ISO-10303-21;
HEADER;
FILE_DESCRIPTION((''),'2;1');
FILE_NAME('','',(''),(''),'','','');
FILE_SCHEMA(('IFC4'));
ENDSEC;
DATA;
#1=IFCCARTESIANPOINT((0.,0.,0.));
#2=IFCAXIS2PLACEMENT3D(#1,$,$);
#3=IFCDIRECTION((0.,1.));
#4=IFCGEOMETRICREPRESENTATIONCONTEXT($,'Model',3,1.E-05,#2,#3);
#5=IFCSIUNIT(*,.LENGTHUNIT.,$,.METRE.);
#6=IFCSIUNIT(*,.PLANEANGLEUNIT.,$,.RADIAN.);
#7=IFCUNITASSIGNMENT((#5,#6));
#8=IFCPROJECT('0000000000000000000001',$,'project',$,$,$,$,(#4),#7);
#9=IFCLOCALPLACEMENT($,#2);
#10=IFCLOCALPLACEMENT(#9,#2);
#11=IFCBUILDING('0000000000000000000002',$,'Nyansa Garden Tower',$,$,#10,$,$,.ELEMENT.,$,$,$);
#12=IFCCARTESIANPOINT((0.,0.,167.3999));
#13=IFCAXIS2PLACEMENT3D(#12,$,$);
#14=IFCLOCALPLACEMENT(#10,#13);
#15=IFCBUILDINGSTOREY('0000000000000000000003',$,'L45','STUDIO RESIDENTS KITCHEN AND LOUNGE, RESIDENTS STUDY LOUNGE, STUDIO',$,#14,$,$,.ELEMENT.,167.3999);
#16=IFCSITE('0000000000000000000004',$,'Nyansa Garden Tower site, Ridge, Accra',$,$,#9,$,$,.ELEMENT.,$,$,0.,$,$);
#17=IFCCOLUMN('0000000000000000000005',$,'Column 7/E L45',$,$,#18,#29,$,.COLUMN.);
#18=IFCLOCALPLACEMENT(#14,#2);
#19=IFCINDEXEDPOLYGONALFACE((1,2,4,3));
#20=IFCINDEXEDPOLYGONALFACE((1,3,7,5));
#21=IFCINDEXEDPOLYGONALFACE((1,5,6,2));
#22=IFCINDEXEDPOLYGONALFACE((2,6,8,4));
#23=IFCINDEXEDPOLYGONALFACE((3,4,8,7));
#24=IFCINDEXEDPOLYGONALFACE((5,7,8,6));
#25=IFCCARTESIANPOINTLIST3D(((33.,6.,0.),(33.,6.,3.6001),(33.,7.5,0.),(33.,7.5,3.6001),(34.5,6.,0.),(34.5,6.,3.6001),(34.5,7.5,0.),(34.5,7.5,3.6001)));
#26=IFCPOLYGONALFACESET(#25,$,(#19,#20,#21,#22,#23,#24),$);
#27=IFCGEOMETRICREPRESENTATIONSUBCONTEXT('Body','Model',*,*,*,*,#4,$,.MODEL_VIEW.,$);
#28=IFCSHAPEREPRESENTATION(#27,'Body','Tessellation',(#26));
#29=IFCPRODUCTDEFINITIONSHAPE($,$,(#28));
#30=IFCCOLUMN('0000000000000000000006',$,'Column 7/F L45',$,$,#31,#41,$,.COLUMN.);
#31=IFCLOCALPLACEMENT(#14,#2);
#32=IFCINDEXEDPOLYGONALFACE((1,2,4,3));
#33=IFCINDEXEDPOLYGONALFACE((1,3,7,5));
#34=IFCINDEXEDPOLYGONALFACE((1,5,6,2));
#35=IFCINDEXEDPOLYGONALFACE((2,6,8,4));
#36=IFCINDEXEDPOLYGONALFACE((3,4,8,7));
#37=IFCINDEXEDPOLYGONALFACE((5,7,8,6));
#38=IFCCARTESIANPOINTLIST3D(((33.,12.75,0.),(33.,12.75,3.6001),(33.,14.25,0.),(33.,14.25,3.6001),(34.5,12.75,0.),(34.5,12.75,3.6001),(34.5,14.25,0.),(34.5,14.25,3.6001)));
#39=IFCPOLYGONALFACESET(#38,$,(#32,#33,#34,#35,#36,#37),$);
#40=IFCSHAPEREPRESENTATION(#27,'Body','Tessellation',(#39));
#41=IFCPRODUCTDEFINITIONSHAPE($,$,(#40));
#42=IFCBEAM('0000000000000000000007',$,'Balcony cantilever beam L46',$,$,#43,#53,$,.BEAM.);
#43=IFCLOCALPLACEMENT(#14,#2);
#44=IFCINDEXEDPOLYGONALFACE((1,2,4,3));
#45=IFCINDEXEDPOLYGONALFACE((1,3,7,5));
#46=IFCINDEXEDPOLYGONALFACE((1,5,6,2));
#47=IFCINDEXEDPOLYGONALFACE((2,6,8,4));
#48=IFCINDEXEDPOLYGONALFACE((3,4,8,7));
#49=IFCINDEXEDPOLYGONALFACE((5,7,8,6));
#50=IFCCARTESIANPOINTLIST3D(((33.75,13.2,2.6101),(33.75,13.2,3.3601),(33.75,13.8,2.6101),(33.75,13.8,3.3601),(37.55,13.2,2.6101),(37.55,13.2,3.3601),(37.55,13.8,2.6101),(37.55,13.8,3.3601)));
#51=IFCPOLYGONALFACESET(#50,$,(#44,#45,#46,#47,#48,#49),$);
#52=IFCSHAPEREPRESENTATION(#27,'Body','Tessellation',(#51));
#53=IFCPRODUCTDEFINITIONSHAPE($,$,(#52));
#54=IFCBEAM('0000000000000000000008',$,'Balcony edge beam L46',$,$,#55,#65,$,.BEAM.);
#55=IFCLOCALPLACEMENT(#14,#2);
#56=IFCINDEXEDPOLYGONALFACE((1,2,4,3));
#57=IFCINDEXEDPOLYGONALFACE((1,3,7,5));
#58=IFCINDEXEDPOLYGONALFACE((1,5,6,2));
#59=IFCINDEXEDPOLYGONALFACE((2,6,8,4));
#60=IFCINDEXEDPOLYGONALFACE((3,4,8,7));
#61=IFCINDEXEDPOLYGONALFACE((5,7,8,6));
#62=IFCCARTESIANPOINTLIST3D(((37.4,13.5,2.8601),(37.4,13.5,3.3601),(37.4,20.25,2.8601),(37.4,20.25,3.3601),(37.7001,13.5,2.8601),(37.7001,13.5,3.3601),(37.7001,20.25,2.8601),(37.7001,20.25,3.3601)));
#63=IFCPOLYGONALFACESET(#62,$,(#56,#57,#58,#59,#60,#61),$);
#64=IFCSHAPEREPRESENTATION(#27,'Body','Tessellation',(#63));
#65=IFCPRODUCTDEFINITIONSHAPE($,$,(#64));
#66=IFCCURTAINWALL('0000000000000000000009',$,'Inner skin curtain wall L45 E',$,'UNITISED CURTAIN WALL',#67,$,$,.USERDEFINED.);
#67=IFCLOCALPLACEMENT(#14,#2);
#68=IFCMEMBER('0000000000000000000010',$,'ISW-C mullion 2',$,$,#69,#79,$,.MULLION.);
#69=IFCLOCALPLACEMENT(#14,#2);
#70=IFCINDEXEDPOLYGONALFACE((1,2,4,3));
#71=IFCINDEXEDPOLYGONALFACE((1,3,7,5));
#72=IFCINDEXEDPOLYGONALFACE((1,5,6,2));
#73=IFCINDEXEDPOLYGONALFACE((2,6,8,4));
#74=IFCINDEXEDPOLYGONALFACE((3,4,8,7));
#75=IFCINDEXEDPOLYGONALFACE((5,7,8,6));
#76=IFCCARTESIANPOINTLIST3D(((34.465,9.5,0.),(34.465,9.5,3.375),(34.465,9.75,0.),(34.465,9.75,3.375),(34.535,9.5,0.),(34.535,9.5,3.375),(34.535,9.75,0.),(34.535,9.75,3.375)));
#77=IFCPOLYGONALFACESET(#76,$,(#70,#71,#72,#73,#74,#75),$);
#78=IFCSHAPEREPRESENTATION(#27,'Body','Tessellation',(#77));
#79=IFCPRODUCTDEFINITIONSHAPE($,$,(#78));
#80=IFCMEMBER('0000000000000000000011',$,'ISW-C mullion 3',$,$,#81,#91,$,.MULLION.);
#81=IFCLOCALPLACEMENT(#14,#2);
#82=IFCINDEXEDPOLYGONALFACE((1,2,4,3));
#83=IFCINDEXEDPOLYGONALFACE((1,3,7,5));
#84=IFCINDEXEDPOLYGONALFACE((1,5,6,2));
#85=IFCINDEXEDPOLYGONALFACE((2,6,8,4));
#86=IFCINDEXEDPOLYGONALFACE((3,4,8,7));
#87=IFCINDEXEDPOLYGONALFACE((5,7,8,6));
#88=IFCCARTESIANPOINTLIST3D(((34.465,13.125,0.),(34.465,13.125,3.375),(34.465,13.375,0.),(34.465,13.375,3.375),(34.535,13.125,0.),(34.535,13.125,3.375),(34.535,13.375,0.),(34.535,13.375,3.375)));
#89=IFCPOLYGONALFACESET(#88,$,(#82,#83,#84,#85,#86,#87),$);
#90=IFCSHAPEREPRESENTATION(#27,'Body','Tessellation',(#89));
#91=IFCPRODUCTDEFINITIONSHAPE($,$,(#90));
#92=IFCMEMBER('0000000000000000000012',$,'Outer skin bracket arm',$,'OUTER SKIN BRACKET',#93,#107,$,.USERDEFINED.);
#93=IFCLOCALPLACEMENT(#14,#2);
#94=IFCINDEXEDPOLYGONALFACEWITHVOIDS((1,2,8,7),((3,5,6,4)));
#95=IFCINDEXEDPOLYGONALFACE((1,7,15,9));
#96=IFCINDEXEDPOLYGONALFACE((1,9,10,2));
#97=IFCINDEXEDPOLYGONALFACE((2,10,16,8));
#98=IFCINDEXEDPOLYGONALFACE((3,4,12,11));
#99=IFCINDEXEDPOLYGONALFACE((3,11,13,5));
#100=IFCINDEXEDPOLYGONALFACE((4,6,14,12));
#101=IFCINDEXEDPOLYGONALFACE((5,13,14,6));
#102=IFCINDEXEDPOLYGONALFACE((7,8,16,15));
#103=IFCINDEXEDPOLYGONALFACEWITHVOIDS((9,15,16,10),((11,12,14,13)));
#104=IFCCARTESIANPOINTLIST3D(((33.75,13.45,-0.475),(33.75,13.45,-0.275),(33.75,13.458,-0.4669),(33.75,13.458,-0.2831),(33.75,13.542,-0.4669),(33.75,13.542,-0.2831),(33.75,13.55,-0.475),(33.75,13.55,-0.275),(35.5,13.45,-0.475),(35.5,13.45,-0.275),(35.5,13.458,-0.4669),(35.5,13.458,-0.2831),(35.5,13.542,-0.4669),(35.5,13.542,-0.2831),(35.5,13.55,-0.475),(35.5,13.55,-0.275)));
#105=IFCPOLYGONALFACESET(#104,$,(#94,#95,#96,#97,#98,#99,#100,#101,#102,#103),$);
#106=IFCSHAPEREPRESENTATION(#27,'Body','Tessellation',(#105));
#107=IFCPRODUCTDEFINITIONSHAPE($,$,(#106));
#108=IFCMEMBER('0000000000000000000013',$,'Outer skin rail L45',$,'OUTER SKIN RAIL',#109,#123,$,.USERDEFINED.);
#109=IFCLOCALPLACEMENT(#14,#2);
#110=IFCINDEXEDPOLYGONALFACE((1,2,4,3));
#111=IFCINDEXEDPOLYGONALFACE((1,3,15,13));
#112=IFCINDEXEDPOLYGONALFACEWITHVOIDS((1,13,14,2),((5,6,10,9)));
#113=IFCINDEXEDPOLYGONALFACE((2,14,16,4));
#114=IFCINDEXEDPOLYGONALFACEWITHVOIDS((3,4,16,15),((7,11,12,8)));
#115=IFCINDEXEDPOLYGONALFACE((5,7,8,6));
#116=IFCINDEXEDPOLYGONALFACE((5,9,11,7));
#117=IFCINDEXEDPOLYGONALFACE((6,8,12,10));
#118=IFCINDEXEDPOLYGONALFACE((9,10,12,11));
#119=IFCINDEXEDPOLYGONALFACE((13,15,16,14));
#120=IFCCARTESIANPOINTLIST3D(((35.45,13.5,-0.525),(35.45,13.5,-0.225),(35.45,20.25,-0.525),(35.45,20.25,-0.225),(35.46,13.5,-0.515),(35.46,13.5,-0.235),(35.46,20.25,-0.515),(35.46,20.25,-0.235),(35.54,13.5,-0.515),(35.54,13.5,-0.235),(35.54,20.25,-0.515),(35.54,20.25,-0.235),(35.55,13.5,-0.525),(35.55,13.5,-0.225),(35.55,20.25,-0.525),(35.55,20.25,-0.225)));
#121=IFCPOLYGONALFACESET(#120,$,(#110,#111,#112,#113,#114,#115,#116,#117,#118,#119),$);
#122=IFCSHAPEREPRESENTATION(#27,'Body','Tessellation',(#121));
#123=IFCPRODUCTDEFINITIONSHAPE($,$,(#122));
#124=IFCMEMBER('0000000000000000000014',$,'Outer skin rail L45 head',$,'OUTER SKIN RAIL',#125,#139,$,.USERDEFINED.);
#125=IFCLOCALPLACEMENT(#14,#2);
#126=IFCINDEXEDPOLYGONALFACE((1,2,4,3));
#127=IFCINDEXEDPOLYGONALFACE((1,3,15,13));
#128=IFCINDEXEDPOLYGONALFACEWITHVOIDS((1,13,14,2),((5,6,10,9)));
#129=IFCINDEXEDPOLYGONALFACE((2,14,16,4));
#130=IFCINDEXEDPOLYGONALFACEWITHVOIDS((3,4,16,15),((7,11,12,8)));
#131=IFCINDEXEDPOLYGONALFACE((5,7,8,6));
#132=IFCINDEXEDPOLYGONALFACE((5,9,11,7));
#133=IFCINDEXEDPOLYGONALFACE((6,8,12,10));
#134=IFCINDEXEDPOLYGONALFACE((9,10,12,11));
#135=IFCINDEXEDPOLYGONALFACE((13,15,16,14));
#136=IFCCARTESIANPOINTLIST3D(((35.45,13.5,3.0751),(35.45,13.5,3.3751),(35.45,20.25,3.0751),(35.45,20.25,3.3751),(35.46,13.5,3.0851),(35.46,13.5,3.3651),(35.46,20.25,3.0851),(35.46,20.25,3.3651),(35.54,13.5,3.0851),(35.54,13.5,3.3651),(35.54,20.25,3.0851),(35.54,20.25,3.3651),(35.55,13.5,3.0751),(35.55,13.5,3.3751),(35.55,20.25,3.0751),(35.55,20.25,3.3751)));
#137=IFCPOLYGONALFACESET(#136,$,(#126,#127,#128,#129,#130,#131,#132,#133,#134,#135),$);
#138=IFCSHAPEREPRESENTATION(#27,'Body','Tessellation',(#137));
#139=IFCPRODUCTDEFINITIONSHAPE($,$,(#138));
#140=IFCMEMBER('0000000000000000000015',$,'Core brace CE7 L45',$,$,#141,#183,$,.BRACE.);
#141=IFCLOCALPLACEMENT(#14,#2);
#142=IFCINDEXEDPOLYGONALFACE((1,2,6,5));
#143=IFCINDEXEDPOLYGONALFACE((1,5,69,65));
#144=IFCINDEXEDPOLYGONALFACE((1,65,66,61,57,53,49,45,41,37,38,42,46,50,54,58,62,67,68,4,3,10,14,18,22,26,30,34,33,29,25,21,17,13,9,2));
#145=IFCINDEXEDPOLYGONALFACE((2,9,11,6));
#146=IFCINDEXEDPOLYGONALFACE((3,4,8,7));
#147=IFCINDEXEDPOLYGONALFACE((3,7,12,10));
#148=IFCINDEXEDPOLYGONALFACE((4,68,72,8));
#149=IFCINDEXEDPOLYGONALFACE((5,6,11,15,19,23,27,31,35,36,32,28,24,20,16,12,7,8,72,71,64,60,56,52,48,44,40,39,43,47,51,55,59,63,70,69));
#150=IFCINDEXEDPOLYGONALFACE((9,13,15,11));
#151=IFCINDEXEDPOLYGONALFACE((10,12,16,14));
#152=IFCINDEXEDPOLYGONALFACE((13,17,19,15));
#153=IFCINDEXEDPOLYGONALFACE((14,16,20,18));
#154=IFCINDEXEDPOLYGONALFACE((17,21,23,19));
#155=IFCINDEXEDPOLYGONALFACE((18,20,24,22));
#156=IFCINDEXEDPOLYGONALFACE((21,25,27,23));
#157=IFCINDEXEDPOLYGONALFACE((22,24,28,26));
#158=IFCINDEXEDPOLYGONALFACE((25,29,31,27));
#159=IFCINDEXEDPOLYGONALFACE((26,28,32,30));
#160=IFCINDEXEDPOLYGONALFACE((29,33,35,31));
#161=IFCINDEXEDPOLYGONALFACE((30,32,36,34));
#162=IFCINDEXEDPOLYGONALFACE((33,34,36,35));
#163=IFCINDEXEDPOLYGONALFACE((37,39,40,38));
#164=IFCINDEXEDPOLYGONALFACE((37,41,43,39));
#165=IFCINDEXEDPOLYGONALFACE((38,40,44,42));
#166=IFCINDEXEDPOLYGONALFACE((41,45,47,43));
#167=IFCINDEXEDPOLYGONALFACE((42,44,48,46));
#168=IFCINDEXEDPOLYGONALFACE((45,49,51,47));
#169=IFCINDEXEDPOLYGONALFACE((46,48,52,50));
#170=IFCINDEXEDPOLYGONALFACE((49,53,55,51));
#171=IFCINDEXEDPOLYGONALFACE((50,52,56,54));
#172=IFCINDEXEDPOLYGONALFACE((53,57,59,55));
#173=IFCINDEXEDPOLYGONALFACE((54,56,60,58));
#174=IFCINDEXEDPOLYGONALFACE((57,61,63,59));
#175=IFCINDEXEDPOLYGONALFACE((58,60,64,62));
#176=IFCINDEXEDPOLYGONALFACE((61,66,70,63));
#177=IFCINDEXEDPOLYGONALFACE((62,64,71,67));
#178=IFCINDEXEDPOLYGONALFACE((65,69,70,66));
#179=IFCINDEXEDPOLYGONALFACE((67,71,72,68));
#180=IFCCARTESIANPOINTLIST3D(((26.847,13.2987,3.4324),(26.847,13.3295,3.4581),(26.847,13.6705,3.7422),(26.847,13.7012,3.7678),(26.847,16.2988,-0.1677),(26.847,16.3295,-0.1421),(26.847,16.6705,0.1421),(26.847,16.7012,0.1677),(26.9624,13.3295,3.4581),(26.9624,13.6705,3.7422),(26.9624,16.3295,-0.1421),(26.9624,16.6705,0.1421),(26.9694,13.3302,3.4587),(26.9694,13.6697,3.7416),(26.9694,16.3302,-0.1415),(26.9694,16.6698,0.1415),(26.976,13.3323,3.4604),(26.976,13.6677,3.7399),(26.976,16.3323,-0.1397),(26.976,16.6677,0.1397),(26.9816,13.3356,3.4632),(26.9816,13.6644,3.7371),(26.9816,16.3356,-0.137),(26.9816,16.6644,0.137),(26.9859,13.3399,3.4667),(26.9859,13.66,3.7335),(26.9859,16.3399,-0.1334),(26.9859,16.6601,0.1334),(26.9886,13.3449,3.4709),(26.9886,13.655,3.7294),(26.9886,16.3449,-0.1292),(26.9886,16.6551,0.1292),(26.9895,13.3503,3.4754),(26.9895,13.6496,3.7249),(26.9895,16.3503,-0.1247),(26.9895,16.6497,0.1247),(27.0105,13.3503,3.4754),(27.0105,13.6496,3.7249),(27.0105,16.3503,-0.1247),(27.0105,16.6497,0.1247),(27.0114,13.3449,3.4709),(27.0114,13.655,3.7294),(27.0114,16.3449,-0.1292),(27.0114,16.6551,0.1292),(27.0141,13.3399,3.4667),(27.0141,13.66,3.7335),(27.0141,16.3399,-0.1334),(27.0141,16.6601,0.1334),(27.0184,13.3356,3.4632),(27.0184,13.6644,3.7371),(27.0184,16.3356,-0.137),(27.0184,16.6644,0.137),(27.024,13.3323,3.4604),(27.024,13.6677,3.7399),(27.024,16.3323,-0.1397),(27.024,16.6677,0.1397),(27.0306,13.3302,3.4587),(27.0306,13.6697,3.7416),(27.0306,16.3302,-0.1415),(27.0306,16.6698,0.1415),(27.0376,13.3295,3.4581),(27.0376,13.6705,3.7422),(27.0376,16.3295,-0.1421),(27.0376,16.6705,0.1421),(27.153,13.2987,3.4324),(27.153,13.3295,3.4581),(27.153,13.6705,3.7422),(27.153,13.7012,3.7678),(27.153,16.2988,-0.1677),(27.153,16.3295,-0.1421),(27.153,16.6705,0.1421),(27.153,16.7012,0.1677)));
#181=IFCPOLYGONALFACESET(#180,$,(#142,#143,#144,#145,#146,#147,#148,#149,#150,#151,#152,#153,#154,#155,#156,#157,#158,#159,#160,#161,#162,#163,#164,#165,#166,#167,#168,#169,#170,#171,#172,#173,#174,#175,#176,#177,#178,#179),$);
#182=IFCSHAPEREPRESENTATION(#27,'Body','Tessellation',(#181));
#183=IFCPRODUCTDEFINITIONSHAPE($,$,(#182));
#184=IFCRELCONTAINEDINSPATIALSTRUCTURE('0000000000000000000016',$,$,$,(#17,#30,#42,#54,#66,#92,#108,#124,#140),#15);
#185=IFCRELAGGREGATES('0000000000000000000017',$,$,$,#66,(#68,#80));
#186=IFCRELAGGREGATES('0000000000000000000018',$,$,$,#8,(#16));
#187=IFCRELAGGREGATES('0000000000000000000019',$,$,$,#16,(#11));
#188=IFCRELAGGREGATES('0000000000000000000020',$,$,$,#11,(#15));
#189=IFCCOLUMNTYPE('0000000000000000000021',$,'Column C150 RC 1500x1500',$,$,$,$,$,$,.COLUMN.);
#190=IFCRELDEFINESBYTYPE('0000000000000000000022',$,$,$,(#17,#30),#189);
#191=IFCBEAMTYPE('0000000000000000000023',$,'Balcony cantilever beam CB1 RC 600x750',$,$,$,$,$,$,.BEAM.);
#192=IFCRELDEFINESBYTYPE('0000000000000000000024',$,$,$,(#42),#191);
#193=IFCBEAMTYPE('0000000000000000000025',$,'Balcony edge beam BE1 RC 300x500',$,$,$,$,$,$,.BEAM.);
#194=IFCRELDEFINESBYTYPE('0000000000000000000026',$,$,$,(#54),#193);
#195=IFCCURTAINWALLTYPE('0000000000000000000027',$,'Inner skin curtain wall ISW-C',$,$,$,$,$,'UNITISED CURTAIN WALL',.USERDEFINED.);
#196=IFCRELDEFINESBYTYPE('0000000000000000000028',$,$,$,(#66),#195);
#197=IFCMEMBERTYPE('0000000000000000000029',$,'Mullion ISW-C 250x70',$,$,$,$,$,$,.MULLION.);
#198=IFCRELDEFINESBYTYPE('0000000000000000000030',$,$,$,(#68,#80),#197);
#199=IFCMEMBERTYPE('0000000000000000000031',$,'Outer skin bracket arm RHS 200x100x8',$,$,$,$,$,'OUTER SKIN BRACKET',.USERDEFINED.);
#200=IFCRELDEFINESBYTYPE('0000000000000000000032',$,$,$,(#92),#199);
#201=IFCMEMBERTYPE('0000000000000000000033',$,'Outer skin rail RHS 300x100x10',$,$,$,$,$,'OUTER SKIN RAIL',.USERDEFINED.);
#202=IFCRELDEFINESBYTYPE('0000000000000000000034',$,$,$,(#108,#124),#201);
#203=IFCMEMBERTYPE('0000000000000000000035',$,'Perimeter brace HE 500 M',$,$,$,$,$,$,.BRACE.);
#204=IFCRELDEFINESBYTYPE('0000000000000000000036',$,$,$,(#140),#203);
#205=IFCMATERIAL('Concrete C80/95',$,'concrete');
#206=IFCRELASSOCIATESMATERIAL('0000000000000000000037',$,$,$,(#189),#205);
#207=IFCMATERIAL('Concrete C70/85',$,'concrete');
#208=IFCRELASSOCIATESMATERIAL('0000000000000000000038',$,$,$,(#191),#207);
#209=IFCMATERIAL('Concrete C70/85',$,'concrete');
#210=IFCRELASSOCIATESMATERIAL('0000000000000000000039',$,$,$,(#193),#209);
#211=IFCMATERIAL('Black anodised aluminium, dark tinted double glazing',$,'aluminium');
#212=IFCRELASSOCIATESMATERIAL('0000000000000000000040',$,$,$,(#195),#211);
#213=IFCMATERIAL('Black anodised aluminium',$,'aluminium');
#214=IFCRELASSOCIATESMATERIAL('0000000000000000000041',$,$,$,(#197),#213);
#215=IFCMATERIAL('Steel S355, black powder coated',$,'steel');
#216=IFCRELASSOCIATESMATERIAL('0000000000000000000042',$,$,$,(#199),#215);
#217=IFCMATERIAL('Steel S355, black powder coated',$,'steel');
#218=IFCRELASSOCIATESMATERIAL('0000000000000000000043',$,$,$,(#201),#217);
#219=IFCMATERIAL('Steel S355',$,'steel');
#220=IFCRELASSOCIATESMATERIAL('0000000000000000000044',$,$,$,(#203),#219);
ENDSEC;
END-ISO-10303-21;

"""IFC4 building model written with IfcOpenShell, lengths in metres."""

from ifc_helpers import new_model, si_unit, direction, frame, origin, origin_2d, place, context, subcontext, project, spatial, rectangle, hollow_rectangle, i_section, extrude, material, material_profile, profile_set, type_object, element, aggregate, save


model = new_model("IFC4")

# Units and contexts
model_context = context("Model", 3, precision=1e-05, world=origin(), true_north=direction((0.0, 1.0)))
body_context = subcontext(model_context, "Body", "Model", "MODEL_VIEW")
ifc_project = project(units=[si_unit("LENGTHUNIT", "METRE"), si_unit("PLANEANGLEUNIT", "RADIAN")], contexts=[model_context])

# Site, building, storey
site_placement = place(None, origin())
site = spatial("IfcSite", under=ifc_project, at=site_placement, Name="Nyansa Garden Tower site, Ridge, Accra", CompositionType="ELEMENT", RefElevation=0.0)
building_placement = place(site_placement, origin())
building = spatial("IfcBuilding", under=site, at=building_placement, Name="Nyansa Garden Tower", CompositionType="ELEMENT")
storey_placement = place(building_placement, frame((0.0, 0.0, 167.3999)))
storey = spatial("IfcBuildingStorey", under=building, at=storey_placement, Name="L45", Description="STUDIO RESIDENTS KITCHEN AND LOUNGE, RESIDENTS STUDY LOUNGE, STUDIO", CompositionType="ELEMENT", Elevation=167.3999)

# Columns
ifc_material_1 = material(Name="Concrete C80/95", Category="concrete")
ifc_material_profile_1 = material_profile(ifc_material_1, rectangle(XDim=1.5, YDim=1.5, at=origin_2d()), Name="RC 1500x1500")
ifc_profile_set_1 = profile_set([ifc_material_profile_1], Name="Concrete C80/95")
column_type = type_object("IfcColumnType", Name="Column C150 RC 1500x1500", PredefinedType="COLUMN", material=ifc_profile_set_1)
for number, where, z_axis, x_axis, name in (
    (1, (33.75, 6.75, 0.0), (0.0, 0.0, 1.0), (1.0, 0.0, 0.0), "Column 7/E L45"),
    (2, (33.75, 13.5, 0.0), (0.0, 0.0, 1.0), (1.0, 0.0, 0.0), "Column 7/F L45"),
):
    element("IfcColumn", number, at=place(storey_placement, frame(where, z_axis=z_axis, x_axis=x_axis)), inside=storey, type_object=column_type, Name=name, PredefinedType="COLUMN", context=body_context, shape_type="SweptSolid", body=[
        extrude(rectangle(XDim=1.5, YDim=1.5, at=origin_2d()), origin(), (0.0, 0.0, 1.0), 3.6001),
    ])

# Beams
ifc_material_2 = material(Name="Concrete C70/85", Category="concrete")
ifc_material_profile_2 = material_profile(ifc_material_2, rectangle(XDim=0.6001, YDim=0.75, at=origin_2d()), Name="RC 600x750")
ifc_profile_set_2 = profile_set([ifc_material_profile_2], Name="Concrete C70/85")
beam_type_1 = type_object("IfcBeamType", Name="Balcony cantilever beam CB1 RC 600x750", PredefinedType="BEAM", material=ifc_profile_set_2)
beam_1_placement = place(storey_placement, frame((33.75, 13.5, 2.9851), z_axis=(1.0, 0.0, 0.0), x_axis=(0.0, 1.0, 0.0)))
element("IfcBeam", 3, at=beam_1_placement, inside=storey, type_object=beam_type_1, Name="Balcony cantilever beam L46", PredefinedType="BEAM", context=body_context, shape_type="SweptSolid", body=[
    extrude(rectangle(XDim=0.6001, YDim=0.75, at=origin_2d()), origin(), (0.0, 0.0, 1.0), 3.8),
])
ifc_material_3 = material(Name="Concrete C70/85", Category="concrete")
ifc_material_profile_3 = material_profile(ifc_material_3, rectangle(XDim=0.3, YDim=0.5, at=origin_2d()), Name="RC 300x500")
ifc_profile_set_3 = profile_set([ifc_material_profile_3], Name="Concrete C70/85")
beam_type_2 = type_object("IfcBeamType", Name="Balcony edge beam BE1 RC 300x500", PredefinedType="BEAM", material=ifc_profile_set_3)
beam_2_placement = place(storey_placement, frame((37.55, 13.5, 3.1101), z_axis=(0.0, 1.0, 0.0), x_axis=(-1.0, 0.0, 0.0)))
element("IfcBeam", 4, at=beam_2_placement, inside=storey, type_object=beam_type_2, Name="Balcony edge beam L46", PredefinedType="BEAM", context=body_context, shape_type="SweptSolid", body=[
    extrude(rectangle(XDim=0.3, YDim=0.5, at=origin_2d()), origin(), (0.0, 0.0, 1.0), 6.75),
])

# Curtain wall, members
ifc_material_4 = material(Name="Black anodised aluminium, dark tinted double glazing", Category="aluminium")
curtain_wall_type = type_object("IfcCurtainWallType", Name="Inner skin curtain wall ISW-C", ElementType="UNITISED CURTAIN WALL", PredefinedType="USERDEFINED", material=ifc_material_4)
curtain_wall_placement = place(storey_placement, origin())
curtain_wall = element("IfcCurtainWall", 5, at=curtain_wall_placement, inside=storey, type_object=curtain_wall_type, Name="Inner skin curtain wall L45 E", ObjectType="UNITISED CURTAIN WALL", PredefinedType="USERDEFINED")
ifc_material_5 = material(Name="Black anodised aluminium", Category="aluminium")
ifc_material_profile_4 = material_profile(ifc_material_5, rectangle(XDim=0.0701, YDim=0.25, at=origin_2d()), Name="Mullion 250x70")
ifc_profile_set_4 = profile_set([ifc_material_profile_4], Name="Black anodised aluminium")
member_type_1 = type_object("IfcMemberType", Name="Mullion ISW-C 250x70", PredefinedType="MULLION", material=ifc_profile_set_4)
member_1_placement = place(storey_placement, frame((34.5, 9.625, 0.0), z_axis=(0.0, 0.0, 1.0), x_axis=(-1.0, 0.0, 0.0)))
member_1 = element("IfcMember", 6, at=member_1_placement, type_object=member_type_1, Name="ISW-C mullion 2", PredefinedType="MULLION", context=body_context, shape_type="SweptSolid", body=[
    extrude(rectangle(XDim=0.0701, YDim=0.25, at=origin_2d()), origin(), (0.0, 0.0, 1.0), 3.375),
])
member_2_placement = place(storey_placement, frame((34.5, 13.25, 0.0), z_axis=(0.0, 0.0, 1.0), x_axis=(-1.0, 0.0, 0.0)))
member_2 = element("IfcMember", 7, at=member_2_placement, type_object=member_type_1, Name="ISW-C mullion 3", PredefinedType="MULLION", context=body_context, shape_type="SweptSolid", body=[
    extrude(rectangle(XDim=0.0701, YDim=0.25, at=origin_2d()), origin(), (0.0, 0.0, 1.0), 3.375),
])

# Members
ifc_material_6 = material(Name="Steel S355, black powder coated", Category="steel")
ifc_material_profile_5 = material_profile(ifc_material_6, hollow_rectangle(XDim=0.1001, YDim=0.2, WallThickness=0.0081, at=origin_2d()), Name="RHS 200x100x8")
ifc_profile_set_5 = profile_set([ifc_material_profile_5], Name="Steel S355, black powder coated")
member_type_2 = type_object("IfcMemberType", Name="Outer skin bracket arm RHS 200x100x8", ElementType="OUTER SKIN BRACKET", PredefinedType="USERDEFINED", material=ifc_profile_set_5)
member_3_placement = place(storey_placement, frame((33.75, 13.5, -0.375), z_axis=(1.0, 0.0, 0.0), x_axis=(0.0, 1.0, 0.0)))
element("IfcMember", 8, at=member_3_placement, inside=storey, type_object=member_type_2, Name="Outer skin bracket arm", ObjectType="OUTER SKIN BRACKET", PredefinedType="USERDEFINED", context=body_context, shape_type="SweptSolid", body=[
    extrude(hollow_rectangle(XDim=0.1001, YDim=0.2, WallThickness=0.0081, at=origin_2d()), origin(), (0.0, 0.0, 1.0), 1.75),
])
ifc_material_7 = material(Name="Steel S355, black powder coated", Category="steel")
ifc_material_profile_6 = material_profile(ifc_material_7, hollow_rectangle(XDim=0.1001, YDim=0.3, WallThickness=0.01, at=origin_2d()), Name="RHS 300x100x10")
ifc_profile_set_6 = profile_set([ifc_material_profile_6], Name="Steel S355, black powder coated")
member_type_3 = type_object("IfcMemberType", Name="Outer skin rail RHS 300x100x10", ElementType="OUTER SKIN RAIL", PredefinedType="USERDEFINED", material=ifc_profile_set_6)
for number, where, z_axis, x_axis, name in (
    (9, (35.5, 13.5, -0.375), (0.0, 1.0, 0.0), (-1.0, 0.0, 0.0), "Outer skin rail L45"),
    (10, (35.5, 13.5, 3.2251), (0.0, 1.0, 0.0), (-1.0, 0.0, 0.0), "Outer skin rail L45 head"),
):
    element("IfcMember", number, at=place(storey_placement, frame(where, z_axis=z_axis, x_axis=x_axis)), inside=storey, type_object=member_type_3, Name=name, ObjectType="OUTER SKIN RAIL", PredefinedType="USERDEFINED", context=body_context, shape_type="SweptSolid", body=[
        extrude(hollow_rectangle(XDim=0.1001, YDim=0.3, WallThickness=0.01, at=origin_2d()), origin(), (0.0, 0.0, 1.0), 6.75),
    ])
ifc_material_8 = material(Name="Steel S355", Category="steel")
ifc_material_profile_7 = material_profile(ifc_material_8, i_section(OverallWidth=0.3059, OverallDepth=0.5239, WebThickness=0.021, FlangeThickness=0.04, FilletRadius=0.0271, at=origin_2d()), Name="HE 500 M")
ifc_profile_set_7 = profile_set([ifc_material_profile_7], Name="Steel S355")
member_type_4 = type_object("IfcMemberType", Name="Perimeter brace HE 500 M", PredefinedType="BRACE", material=ifc_profile_set_7)
member_4_placement = place(storey_placement, frame((27.0, 16.5, 0.0), z_axis=(0.0, -0.640174, 0.76823), x_axis=(1.0, 0.0, 0.0)))
element("IfcMember", 11, at=member_4_placement, inside=storey, type_object=member_type_4, Name="Core brace CE7 L45", PredefinedType="BRACE", context=body_context, shape_type="SweptSolid", body=[
    extrude(i_section(OverallWidth=0.3059, OverallDepth=0.5239, WebThickness=0.021, FlangeThickness=0.04, FilletRadius=0.0271, at=origin_2d()), origin(), (0.0, 0.0, 1.0), 4.6863),
])

aggregate(curtain_wall, [member_1, member_2])

save(model, "model.ifc")
